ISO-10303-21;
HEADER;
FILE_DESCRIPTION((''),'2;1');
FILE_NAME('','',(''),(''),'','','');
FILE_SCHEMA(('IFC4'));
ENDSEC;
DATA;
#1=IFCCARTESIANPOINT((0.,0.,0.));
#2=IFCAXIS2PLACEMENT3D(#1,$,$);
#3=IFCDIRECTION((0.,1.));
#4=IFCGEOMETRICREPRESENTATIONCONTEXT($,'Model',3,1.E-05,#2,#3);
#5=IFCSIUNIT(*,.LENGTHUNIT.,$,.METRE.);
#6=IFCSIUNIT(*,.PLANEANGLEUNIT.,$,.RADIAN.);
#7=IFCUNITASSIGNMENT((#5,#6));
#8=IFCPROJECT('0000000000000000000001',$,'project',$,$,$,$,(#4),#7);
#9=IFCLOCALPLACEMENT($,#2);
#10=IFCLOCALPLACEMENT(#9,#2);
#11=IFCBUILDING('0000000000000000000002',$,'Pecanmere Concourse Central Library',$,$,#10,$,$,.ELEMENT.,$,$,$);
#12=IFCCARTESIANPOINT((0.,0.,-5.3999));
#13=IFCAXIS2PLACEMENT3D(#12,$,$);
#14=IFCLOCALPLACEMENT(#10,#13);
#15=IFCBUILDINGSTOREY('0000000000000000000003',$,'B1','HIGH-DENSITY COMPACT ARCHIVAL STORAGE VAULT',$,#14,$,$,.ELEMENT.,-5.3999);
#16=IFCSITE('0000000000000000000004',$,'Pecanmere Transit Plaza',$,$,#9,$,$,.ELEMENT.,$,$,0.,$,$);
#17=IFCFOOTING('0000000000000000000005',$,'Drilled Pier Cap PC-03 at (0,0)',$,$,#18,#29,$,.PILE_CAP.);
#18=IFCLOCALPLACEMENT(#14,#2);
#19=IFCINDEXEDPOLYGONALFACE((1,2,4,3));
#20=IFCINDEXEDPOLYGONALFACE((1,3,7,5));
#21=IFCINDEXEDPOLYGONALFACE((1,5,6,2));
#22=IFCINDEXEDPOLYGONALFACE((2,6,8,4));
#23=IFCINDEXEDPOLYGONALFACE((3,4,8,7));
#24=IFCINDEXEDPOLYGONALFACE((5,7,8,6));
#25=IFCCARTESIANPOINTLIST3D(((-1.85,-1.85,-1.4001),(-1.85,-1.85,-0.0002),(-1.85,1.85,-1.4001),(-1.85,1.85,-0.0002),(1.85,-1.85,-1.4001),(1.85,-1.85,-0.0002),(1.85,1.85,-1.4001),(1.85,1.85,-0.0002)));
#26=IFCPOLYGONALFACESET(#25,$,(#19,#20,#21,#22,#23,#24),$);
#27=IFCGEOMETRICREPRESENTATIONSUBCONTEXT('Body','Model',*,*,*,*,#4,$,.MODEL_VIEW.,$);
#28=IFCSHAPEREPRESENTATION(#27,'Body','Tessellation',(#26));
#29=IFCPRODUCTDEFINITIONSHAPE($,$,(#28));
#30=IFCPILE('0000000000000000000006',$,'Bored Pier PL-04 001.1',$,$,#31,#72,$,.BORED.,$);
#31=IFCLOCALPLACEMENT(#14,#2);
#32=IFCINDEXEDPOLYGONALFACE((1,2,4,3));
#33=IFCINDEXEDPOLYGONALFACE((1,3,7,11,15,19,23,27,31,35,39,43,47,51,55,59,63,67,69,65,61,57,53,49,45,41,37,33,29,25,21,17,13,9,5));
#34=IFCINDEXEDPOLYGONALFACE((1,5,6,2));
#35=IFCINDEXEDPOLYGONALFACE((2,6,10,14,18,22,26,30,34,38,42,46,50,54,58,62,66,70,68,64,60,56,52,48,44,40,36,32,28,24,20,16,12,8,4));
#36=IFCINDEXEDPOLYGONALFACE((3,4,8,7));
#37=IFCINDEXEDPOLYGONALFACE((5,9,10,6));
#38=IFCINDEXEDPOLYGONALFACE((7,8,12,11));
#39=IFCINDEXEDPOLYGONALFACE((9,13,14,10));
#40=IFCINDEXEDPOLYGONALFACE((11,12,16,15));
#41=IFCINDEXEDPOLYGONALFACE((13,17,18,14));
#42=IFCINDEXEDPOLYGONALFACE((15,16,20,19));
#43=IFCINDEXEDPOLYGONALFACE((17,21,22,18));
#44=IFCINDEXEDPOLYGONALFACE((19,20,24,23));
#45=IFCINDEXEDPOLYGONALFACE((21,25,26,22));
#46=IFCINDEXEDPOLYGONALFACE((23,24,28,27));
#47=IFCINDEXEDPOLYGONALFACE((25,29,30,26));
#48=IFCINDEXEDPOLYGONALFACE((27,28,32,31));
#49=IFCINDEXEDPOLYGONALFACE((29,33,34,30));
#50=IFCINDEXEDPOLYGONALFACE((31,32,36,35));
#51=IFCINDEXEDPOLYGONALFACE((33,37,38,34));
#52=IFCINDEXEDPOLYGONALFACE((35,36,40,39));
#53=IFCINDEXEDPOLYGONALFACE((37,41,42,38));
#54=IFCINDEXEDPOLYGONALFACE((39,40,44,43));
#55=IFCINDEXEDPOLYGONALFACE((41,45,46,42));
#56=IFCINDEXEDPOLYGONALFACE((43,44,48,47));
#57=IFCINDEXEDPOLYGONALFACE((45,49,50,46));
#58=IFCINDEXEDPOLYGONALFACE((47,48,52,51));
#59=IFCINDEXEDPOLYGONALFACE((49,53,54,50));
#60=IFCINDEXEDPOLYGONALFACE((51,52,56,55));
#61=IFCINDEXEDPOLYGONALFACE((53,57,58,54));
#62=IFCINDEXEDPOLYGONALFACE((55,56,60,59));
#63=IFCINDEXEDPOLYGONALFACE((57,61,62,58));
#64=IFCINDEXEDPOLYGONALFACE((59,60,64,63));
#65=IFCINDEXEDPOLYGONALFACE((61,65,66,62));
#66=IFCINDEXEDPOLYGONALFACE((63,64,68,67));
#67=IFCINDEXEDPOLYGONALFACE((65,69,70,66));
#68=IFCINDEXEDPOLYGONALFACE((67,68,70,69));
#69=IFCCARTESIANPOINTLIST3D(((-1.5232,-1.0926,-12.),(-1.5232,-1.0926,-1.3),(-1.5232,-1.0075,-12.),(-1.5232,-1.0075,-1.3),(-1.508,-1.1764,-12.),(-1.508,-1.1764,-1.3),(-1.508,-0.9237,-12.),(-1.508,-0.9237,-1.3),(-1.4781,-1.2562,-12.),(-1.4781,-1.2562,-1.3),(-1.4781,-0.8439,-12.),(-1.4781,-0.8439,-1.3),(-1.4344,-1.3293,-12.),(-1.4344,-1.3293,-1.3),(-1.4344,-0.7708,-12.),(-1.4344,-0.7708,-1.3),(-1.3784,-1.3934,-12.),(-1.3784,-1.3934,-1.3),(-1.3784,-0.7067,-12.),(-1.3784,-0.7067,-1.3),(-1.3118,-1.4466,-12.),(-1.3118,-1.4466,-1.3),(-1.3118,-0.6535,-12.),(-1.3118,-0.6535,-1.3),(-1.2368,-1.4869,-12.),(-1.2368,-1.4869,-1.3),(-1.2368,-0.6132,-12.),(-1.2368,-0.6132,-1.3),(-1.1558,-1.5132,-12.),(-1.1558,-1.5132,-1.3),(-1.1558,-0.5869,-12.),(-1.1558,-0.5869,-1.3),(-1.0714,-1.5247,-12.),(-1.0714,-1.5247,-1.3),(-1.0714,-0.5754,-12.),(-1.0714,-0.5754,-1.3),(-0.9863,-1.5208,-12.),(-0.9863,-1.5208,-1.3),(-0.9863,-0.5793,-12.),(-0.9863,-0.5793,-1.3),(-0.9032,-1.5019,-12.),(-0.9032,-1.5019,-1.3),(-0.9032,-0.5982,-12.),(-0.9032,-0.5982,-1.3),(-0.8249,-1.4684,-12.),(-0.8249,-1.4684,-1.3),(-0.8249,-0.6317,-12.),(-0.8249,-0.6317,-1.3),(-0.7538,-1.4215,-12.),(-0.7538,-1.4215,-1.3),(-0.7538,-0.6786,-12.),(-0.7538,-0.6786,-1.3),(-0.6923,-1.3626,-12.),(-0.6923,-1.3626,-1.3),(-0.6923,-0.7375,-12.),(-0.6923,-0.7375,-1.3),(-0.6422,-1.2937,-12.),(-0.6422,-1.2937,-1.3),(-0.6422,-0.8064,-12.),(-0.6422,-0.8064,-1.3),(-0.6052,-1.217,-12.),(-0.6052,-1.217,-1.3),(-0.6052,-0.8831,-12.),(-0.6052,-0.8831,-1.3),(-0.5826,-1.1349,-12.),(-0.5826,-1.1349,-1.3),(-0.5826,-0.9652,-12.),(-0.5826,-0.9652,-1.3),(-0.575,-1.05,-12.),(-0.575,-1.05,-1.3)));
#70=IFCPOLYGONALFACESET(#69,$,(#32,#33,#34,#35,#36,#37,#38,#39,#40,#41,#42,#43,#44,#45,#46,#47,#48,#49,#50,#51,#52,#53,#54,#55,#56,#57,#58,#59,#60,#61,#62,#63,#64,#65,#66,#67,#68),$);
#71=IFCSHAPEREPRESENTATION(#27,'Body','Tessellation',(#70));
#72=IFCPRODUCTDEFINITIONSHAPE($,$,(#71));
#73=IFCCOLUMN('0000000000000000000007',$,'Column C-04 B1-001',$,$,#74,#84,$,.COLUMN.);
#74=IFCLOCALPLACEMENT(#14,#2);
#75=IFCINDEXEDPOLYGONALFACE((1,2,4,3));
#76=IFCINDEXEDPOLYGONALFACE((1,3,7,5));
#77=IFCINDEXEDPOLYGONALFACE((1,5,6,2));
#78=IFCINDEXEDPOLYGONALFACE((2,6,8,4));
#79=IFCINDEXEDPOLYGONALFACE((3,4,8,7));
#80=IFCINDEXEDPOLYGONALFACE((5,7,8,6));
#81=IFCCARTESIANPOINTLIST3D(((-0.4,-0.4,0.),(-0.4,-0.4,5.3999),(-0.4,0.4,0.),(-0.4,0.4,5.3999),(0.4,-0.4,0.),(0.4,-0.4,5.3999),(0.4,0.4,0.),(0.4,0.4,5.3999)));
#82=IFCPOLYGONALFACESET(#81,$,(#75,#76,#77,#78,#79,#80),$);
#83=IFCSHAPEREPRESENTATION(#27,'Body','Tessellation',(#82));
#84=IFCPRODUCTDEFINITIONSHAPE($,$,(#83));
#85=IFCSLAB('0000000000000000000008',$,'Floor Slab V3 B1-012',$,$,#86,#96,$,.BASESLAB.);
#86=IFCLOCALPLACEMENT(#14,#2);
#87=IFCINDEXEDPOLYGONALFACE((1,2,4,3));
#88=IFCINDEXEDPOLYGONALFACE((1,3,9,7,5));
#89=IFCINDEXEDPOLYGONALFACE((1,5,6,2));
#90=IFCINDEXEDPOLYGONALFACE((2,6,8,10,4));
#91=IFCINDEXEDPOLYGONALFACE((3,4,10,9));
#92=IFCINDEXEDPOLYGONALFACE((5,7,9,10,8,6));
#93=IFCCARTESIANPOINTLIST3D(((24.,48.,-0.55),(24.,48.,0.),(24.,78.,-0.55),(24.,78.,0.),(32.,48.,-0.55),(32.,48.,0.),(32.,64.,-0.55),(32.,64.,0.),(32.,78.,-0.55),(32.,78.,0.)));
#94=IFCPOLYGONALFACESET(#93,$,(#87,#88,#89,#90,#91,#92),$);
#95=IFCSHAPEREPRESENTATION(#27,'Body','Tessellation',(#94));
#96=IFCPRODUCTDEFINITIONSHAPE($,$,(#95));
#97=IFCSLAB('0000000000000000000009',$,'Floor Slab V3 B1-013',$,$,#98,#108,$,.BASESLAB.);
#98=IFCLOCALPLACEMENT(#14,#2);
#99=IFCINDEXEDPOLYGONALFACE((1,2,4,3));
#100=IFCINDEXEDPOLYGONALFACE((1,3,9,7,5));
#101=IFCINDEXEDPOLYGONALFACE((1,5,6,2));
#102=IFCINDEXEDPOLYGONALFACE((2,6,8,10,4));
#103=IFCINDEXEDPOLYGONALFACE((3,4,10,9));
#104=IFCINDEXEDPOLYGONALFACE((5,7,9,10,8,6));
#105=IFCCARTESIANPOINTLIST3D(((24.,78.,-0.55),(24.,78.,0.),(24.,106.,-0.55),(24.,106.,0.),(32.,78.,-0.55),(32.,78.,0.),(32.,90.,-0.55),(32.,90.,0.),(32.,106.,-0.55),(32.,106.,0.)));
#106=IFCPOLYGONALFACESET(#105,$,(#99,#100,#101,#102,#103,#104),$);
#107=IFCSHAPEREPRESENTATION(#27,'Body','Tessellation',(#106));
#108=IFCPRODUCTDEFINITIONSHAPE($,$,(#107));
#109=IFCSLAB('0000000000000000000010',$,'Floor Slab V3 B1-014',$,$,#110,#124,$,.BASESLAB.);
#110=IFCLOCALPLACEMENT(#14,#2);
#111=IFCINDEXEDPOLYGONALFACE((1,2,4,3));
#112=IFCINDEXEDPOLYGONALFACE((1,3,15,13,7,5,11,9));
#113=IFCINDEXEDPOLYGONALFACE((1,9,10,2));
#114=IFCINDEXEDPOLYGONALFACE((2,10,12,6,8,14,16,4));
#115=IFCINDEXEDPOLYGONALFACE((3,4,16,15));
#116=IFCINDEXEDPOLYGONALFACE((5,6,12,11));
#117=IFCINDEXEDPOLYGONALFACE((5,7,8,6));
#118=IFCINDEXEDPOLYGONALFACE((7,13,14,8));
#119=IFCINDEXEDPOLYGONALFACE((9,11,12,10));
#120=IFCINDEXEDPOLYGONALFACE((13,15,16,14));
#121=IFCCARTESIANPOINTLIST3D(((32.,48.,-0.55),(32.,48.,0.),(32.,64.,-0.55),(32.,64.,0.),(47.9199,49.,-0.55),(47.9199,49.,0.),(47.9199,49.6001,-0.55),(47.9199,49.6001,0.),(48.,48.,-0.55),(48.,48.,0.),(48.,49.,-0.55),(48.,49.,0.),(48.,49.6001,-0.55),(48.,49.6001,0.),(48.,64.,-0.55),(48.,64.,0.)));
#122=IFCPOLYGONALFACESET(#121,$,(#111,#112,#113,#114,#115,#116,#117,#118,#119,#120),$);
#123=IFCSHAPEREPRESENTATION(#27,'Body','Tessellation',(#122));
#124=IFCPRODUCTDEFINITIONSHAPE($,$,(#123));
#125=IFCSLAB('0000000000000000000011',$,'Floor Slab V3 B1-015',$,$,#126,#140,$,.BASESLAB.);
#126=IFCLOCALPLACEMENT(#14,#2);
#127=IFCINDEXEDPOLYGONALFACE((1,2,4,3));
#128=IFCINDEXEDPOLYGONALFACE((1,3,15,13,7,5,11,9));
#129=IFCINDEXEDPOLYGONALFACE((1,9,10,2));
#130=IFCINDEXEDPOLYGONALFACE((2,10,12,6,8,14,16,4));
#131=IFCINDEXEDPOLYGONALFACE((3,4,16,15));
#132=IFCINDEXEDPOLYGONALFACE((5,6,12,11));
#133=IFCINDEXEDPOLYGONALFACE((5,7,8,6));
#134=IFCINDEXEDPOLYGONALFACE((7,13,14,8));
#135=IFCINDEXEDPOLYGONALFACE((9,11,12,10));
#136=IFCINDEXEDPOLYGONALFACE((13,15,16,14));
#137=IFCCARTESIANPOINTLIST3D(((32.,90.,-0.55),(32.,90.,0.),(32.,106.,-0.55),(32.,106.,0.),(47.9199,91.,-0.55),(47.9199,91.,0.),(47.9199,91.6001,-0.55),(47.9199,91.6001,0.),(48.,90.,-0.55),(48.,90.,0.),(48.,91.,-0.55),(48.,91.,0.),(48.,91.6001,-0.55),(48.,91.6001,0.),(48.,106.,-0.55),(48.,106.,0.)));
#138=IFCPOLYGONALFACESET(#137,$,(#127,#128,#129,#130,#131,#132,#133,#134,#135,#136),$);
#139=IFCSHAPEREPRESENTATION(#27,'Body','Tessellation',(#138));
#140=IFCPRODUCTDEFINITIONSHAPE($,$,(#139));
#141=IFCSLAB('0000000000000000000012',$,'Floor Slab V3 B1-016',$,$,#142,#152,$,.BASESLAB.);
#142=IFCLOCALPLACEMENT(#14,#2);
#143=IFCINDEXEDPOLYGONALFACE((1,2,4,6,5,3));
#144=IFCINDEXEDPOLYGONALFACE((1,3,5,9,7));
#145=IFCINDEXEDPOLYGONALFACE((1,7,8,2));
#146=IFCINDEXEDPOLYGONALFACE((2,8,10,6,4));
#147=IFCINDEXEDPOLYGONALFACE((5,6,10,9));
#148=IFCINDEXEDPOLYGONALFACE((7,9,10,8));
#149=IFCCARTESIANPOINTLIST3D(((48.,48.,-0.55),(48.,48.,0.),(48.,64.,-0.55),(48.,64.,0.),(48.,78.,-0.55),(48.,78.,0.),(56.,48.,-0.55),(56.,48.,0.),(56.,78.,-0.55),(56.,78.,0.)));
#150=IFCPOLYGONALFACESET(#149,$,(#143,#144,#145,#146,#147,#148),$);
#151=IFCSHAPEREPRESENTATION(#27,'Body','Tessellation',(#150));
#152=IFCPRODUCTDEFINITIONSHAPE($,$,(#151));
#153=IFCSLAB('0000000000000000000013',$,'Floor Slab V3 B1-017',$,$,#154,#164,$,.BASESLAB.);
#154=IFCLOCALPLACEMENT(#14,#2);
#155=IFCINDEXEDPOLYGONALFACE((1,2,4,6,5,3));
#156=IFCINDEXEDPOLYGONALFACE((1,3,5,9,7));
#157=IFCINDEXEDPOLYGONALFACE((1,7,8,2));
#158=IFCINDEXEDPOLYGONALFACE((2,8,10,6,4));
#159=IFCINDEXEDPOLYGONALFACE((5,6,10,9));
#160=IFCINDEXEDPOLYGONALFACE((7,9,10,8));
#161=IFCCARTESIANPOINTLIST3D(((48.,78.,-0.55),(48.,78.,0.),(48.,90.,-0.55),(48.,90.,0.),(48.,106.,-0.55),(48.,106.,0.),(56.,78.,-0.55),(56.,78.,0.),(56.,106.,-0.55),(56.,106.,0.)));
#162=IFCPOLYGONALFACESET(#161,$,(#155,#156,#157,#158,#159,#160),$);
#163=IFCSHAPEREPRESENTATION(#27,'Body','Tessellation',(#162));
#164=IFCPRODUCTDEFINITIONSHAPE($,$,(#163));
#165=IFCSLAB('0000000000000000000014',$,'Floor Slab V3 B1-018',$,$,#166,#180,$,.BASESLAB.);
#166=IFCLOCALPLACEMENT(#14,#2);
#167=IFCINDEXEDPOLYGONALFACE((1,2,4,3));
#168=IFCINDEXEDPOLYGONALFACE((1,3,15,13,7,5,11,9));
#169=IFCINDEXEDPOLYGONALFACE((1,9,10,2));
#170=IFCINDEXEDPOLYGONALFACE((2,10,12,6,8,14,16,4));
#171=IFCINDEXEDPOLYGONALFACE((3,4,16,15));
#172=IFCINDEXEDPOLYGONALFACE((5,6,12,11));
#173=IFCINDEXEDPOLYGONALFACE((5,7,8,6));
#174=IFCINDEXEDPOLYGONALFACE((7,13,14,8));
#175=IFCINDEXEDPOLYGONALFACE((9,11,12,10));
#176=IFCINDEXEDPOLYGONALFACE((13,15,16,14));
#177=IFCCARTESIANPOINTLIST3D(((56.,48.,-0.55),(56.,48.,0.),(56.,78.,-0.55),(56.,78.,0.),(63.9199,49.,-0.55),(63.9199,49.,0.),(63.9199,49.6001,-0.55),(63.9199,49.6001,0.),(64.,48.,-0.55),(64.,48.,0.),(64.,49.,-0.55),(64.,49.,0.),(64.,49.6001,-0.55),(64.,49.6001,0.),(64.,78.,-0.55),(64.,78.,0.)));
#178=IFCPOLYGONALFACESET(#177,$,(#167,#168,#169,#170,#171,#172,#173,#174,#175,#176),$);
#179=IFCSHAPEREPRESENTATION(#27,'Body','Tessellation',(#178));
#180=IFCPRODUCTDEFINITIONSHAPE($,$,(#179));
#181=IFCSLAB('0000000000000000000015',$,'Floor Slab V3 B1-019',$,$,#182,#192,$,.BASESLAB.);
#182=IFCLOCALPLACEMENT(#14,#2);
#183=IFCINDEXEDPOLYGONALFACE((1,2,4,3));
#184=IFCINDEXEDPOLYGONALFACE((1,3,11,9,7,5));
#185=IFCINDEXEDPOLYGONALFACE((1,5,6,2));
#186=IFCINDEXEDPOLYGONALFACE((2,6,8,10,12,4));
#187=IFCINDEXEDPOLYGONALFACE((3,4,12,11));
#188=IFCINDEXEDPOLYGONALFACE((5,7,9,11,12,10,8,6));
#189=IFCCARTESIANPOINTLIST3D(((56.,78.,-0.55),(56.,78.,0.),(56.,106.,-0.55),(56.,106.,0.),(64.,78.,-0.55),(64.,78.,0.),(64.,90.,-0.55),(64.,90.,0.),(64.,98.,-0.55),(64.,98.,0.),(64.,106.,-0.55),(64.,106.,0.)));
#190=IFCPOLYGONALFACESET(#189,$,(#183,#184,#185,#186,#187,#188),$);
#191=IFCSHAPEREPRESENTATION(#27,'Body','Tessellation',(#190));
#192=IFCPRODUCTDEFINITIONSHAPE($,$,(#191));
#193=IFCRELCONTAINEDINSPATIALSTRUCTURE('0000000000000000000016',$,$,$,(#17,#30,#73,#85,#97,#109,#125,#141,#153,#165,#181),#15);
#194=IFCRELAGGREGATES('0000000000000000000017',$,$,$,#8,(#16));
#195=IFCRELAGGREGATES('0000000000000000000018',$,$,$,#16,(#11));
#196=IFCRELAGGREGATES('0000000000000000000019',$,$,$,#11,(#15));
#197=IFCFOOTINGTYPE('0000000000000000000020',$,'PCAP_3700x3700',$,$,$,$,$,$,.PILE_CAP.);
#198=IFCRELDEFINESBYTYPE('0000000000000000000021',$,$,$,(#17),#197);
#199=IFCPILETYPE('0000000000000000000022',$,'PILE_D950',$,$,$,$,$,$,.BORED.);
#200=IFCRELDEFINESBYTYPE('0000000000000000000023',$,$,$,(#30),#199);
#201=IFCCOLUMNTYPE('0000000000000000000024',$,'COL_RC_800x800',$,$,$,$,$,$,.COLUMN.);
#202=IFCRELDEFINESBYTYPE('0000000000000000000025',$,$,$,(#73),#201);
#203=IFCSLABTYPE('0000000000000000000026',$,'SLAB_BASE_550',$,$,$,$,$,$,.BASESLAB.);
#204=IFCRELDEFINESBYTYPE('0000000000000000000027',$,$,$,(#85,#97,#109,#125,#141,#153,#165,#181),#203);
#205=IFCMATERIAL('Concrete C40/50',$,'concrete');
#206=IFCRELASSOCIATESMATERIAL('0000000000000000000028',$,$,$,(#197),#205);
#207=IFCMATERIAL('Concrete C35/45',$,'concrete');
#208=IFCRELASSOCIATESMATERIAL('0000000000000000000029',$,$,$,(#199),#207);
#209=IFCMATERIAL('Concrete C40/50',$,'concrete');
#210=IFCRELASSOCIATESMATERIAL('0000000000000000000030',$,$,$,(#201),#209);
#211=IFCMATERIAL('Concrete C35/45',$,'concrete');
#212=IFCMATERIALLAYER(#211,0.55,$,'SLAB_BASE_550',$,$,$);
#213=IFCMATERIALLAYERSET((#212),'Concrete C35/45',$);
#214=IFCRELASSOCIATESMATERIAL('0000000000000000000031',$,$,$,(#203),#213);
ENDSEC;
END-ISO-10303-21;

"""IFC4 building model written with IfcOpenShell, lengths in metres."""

from ifc_helpers import new_model, si_unit, direction, frame, origin, origin_with_axes, origin_2d, place, context, subcontext, project, spatial, polyline, rectangle, circle, outline, extrude, material, layer, layer_set, material_profile, profile_set, type_object, element, save


model = new_model("IFC4")

# Units and contexts
model_context = context("Model", 3, precision=1e-05, world=origin(), true_north=direction((0.0, 1.0)))
body_context = subcontext(model_context, "Body", "Model", "MODEL_VIEW")
ifc_project = project(units=[si_unit("LENGTHUNIT", "METRE"), si_unit("PLANEANGLEUNIT", "RADIAN")], contexts=[model_context])

# Site, building, storey
site_placement = place(None, origin())
site = spatial("IfcSite", under=ifc_project, at=site_placement, Name="Pecanmere Transit Plaza", CompositionType="ELEMENT", RefElevation=0.0)
building_placement = place(site_placement, origin())
building = spatial("IfcBuilding", under=site, at=building_placement, Name="Pecanmere Concourse Central Library", CompositionType="ELEMENT")
storey_placement = place(building_placement, frame((0.0, 0.0, -5.3999)))
storey = spatial("IfcBuildingStorey", under=building, at=storey_placement, Name="B1", Description="HIGH-DENSITY COMPACT ARCHIVAL STORAGE VAULT", CompositionType="ELEMENT", Elevation=-5.3999)

# Footing
ifc_material_1 = material(Name="Concrete C40/50", Category="concrete")
footing_type = type_object("IfcFootingType", Name="PCAP_3700x3700", PredefinedType="PILE_CAP", material=ifc_material_1)
footing_placement = place(storey_placement, frame((0.0, 0.0, -1.4001), z_axis=(0.0, 0.0, 1.0), x_axis=(1.0, 0.0, 0.0)))
element("IfcFooting", 1, at=footing_placement, inside=storey, type_object=footing_type, Name="Drilled Pier Cap PC-03 at (0,0)", PredefinedType="PILE_CAP", context=body_context, shape_type="SweptSolid", body=[
    extrude(rectangle(XDim=3.7, YDim=3.7, at=origin_2d()), origin(), (0.0, 0.0, 1.0), 1.3999),
])

# Pile
ifc_material_2 = material(Name="Concrete C35/45", Category="concrete")
ifc_material_profile_1 = material_profile(ifc_material_2, circle(Radius=0.4751, at=origin_2d()), Name="PIER D950")
ifc_profile_set_1 = profile_set([ifc_material_profile_1], Name="Concrete C35/45")
pile_type = type_object("IfcPileType", Name="PILE_D950", PredefinedType="BORED", material=ifc_profile_set_1)
pile_placement = place(storey_placement, frame((-1.05, -1.05, -1.3), z_axis=(0.0, 0.0, -1.0), x_axis=(1.0, 0.0, 0.0)))
element("IfcPile", 2, at=pile_placement, inside=storey, type_object=pile_type, Name="Bored Pier PL-04 001.1", PredefinedType="BORED", context=body_context, shape_type="SweptSolid", body=[
    extrude(circle(Radius=0.4751, at=origin_2d()), origin(), (0.0, 0.0, 1.0), 10.7),
])

# Column
ifc_material_3 = material(Name="Concrete C40/50", Category="concrete")
ifc_material_profile_2 = material_profile(ifc_material_3, rectangle(XDim=0.8, YDim=0.8, at=origin_2d()), Name="RC 800x800")
ifc_profile_set_2 = profile_set([ifc_material_profile_2], Name="Concrete C40/50")
column_type = type_object("IfcColumnType", Name="COL_RC_800x800", PredefinedType="COLUMN", material=ifc_profile_set_2)
column_placement = place(storey_placement, origin_with_axes())
element("IfcColumn", 3, at=column_placement, inside=storey, type_object=column_type, Name="Column C-04 B1-001", PredefinedType="COLUMN", context=body_context, shape_type="SweptSolid", body=[
    extrude(rectangle(XDim=0.8, YDim=0.8, at=origin_2d()), origin(), (0.0, 0.0, 1.0), 5.3999),
])

# Slabs
ifc_material_4 = material(Name="Concrete C35/45", Category="concrete")
ifc_layer_1 = layer(ifc_material_4, 0.55, Name="SLAB_BASE_550")
ifc_layer_set_1 = layer_set([ifc_layer_1], Name="Concrete C35/45")
slab_type_1 = type_object("IfcSlabType", Name="SLAB_BASE_550", PredefinedType="BASESLAB", material=ifc_layer_set_1)
slab_1_placement = place(storey_placement, frame((0.0, 0.0, -0.55)))
element("IfcSlab", 4, at=slab_1_placement, inside=storey, type_object=slab_type_1, Name="Floor Slab V3 B1-012", PredefinedType="BASESLAB", context=body_context, shape_type="SweptSolid", body=[
    extrude(outline(polyline([(32.0, 64.0), (32.0, 48.0), (24.0, 48.0), (24.0, 78.0), (32.0, 78.0), (32.0, 64.0)])), origin(), (0.0, 0.0, 1.0), 0.55),
])
slab_2_placement = place(storey_placement, frame((0.0, 0.0, -0.55)))
element("IfcSlab", 5, at=slab_2_placement, inside=storey, type_object=slab_type_1, Name="Floor Slab V3 B1-013", PredefinedType="BASESLAB", context=body_context, shape_type="SweptSolid", body=[
    extrude(outline(polyline([(32.0, 106.0), (32.0, 90.0), (32.0, 78.0), (24.0, 78.0), (24.0, 106.0), (32.0, 106.0)])), origin(), (0.0, 0.0, 1.0), 0.55),
])
slab_3_placement = place(storey_placement, frame((0.0, 0.0, -0.55)))
element("IfcSlab", 6, at=slab_3_placement, inside=storey, type_object=slab_type_1, Name="Floor Slab V3 B1-014", PredefinedType="BASESLAB", context=body_context, shape_type="SweptSolid", body=[
    extrude(outline(polyline([(48.0, 49.6001), (47.9199, 49.6001), (47.9199, 49.0), (48.0, 49.0), (48.0, 48.0), (32.0, 48.0), (32.0, 64.0), (48.0, 64.0), (48.0, 49.6001)])), origin(), (0.0, 0.0, 1.0), 0.55),
])
slab_4_placement = place(storey_placement, frame((0.0, 0.0, -0.55)))
element("IfcSlab", 7, at=slab_4_placement, inside=storey, type_object=slab_type_1, Name="Floor Slab V3 B1-015", PredefinedType="BASESLAB", context=body_context, shape_type="SweptSolid", body=[
    extrude(outline(polyline([(32.0, 106.0), (48.0, 106.0), (48.0, 91.6001), (47.9199, 91.6001), (47.9199, 91.0), (48.0, 91.0), (48.0, 90.0), (32.0, 90.0), (32.0, 106.0)])), origin(), (0.0, 0.0, 1.0), 0.55),
])
slab_5_placement = place(storey_placement, frame((0.0, 0.0, -0.55)))
element("IfcSlab", 8, at=slab_5_placement, inside=storey, type_object=slab_type_1, Name="Floor Slab V3 B1-016", PredefinedType="BASESLAB", context=body_context, shape_type="SweptSolid", body=[
    extrude(outline(polyline([(56.0, 48.0), (48.0, 48.0), (48.0, 64.0), (48.0, 78.0), (56.0, 78.0), (56.0, 48.0)])), origin(), (0.0, 0.0, 1.0), 0.55),
])
slab_6_placement = place(storey_placement, frame((0.0, 0.0, -0.55)))
element("IfcSlab", 9, at=slab_6_placement, inside=storey, type_object=slab_type_1, Name="Floor Slab V3 B1-017", PredefinedType="BASESLAB", context=body_context, shape_type="SweptSolid", body=[
    extrude(outline(polyline([(56.0, 78.0), (48.0, 78.0), (48.0, 90.0), (48.0, 106.0), (56.0, 106.0), (56.0, 78.0)])), origin(), (0.0, 0.0, 1.0), 0.55),
])
slab_7_placement = place(storey_placement, frame((0.0, 0.0, -0.55)))
element("IfcSlab", 10, at=slab_7_placement, inside=storey, type_object=slab_type_1, Name="Floor Slab V3 B1-018", PredefinedType="BASESLAB", context=body_context, shape_type="SweptSolid", body=[
    extrude(outline(polyline([(56.0, 48.0), (56.0, 78.0), (64.0, 78.0), (64.0, 49.6001), (63.9199, 49.6001), (63.9199, 49.0), (64.0, 49.0), (64.0, 48.0), (56.0, 48.0)])), origin(), (0.0, 0.0, 1.0), 0.55),
])
slab_8_placement = place(storey_placement, frame((0.0, 0.0, -0.55)))
element("IfcSlab", 11, at=slab_8_placement, inside=storey, type_object=slab_type_1, Name="Floor Slab V3 B1-019", PredefinedType="BASESLAB", context=body_context, shape_type="SweptSolid", body=[
    extrude(outline(polyline([(64.0, 98.0), (64.0, 90.0), (64.0, 78.0), (56.0, 78.0), (56.0, 106.0), (64.0, 106.0), (64.0, 98.0)])), origin(), (0.0, 0.0, 1.0), 0.55),
])

save(model, "model.ifc")
